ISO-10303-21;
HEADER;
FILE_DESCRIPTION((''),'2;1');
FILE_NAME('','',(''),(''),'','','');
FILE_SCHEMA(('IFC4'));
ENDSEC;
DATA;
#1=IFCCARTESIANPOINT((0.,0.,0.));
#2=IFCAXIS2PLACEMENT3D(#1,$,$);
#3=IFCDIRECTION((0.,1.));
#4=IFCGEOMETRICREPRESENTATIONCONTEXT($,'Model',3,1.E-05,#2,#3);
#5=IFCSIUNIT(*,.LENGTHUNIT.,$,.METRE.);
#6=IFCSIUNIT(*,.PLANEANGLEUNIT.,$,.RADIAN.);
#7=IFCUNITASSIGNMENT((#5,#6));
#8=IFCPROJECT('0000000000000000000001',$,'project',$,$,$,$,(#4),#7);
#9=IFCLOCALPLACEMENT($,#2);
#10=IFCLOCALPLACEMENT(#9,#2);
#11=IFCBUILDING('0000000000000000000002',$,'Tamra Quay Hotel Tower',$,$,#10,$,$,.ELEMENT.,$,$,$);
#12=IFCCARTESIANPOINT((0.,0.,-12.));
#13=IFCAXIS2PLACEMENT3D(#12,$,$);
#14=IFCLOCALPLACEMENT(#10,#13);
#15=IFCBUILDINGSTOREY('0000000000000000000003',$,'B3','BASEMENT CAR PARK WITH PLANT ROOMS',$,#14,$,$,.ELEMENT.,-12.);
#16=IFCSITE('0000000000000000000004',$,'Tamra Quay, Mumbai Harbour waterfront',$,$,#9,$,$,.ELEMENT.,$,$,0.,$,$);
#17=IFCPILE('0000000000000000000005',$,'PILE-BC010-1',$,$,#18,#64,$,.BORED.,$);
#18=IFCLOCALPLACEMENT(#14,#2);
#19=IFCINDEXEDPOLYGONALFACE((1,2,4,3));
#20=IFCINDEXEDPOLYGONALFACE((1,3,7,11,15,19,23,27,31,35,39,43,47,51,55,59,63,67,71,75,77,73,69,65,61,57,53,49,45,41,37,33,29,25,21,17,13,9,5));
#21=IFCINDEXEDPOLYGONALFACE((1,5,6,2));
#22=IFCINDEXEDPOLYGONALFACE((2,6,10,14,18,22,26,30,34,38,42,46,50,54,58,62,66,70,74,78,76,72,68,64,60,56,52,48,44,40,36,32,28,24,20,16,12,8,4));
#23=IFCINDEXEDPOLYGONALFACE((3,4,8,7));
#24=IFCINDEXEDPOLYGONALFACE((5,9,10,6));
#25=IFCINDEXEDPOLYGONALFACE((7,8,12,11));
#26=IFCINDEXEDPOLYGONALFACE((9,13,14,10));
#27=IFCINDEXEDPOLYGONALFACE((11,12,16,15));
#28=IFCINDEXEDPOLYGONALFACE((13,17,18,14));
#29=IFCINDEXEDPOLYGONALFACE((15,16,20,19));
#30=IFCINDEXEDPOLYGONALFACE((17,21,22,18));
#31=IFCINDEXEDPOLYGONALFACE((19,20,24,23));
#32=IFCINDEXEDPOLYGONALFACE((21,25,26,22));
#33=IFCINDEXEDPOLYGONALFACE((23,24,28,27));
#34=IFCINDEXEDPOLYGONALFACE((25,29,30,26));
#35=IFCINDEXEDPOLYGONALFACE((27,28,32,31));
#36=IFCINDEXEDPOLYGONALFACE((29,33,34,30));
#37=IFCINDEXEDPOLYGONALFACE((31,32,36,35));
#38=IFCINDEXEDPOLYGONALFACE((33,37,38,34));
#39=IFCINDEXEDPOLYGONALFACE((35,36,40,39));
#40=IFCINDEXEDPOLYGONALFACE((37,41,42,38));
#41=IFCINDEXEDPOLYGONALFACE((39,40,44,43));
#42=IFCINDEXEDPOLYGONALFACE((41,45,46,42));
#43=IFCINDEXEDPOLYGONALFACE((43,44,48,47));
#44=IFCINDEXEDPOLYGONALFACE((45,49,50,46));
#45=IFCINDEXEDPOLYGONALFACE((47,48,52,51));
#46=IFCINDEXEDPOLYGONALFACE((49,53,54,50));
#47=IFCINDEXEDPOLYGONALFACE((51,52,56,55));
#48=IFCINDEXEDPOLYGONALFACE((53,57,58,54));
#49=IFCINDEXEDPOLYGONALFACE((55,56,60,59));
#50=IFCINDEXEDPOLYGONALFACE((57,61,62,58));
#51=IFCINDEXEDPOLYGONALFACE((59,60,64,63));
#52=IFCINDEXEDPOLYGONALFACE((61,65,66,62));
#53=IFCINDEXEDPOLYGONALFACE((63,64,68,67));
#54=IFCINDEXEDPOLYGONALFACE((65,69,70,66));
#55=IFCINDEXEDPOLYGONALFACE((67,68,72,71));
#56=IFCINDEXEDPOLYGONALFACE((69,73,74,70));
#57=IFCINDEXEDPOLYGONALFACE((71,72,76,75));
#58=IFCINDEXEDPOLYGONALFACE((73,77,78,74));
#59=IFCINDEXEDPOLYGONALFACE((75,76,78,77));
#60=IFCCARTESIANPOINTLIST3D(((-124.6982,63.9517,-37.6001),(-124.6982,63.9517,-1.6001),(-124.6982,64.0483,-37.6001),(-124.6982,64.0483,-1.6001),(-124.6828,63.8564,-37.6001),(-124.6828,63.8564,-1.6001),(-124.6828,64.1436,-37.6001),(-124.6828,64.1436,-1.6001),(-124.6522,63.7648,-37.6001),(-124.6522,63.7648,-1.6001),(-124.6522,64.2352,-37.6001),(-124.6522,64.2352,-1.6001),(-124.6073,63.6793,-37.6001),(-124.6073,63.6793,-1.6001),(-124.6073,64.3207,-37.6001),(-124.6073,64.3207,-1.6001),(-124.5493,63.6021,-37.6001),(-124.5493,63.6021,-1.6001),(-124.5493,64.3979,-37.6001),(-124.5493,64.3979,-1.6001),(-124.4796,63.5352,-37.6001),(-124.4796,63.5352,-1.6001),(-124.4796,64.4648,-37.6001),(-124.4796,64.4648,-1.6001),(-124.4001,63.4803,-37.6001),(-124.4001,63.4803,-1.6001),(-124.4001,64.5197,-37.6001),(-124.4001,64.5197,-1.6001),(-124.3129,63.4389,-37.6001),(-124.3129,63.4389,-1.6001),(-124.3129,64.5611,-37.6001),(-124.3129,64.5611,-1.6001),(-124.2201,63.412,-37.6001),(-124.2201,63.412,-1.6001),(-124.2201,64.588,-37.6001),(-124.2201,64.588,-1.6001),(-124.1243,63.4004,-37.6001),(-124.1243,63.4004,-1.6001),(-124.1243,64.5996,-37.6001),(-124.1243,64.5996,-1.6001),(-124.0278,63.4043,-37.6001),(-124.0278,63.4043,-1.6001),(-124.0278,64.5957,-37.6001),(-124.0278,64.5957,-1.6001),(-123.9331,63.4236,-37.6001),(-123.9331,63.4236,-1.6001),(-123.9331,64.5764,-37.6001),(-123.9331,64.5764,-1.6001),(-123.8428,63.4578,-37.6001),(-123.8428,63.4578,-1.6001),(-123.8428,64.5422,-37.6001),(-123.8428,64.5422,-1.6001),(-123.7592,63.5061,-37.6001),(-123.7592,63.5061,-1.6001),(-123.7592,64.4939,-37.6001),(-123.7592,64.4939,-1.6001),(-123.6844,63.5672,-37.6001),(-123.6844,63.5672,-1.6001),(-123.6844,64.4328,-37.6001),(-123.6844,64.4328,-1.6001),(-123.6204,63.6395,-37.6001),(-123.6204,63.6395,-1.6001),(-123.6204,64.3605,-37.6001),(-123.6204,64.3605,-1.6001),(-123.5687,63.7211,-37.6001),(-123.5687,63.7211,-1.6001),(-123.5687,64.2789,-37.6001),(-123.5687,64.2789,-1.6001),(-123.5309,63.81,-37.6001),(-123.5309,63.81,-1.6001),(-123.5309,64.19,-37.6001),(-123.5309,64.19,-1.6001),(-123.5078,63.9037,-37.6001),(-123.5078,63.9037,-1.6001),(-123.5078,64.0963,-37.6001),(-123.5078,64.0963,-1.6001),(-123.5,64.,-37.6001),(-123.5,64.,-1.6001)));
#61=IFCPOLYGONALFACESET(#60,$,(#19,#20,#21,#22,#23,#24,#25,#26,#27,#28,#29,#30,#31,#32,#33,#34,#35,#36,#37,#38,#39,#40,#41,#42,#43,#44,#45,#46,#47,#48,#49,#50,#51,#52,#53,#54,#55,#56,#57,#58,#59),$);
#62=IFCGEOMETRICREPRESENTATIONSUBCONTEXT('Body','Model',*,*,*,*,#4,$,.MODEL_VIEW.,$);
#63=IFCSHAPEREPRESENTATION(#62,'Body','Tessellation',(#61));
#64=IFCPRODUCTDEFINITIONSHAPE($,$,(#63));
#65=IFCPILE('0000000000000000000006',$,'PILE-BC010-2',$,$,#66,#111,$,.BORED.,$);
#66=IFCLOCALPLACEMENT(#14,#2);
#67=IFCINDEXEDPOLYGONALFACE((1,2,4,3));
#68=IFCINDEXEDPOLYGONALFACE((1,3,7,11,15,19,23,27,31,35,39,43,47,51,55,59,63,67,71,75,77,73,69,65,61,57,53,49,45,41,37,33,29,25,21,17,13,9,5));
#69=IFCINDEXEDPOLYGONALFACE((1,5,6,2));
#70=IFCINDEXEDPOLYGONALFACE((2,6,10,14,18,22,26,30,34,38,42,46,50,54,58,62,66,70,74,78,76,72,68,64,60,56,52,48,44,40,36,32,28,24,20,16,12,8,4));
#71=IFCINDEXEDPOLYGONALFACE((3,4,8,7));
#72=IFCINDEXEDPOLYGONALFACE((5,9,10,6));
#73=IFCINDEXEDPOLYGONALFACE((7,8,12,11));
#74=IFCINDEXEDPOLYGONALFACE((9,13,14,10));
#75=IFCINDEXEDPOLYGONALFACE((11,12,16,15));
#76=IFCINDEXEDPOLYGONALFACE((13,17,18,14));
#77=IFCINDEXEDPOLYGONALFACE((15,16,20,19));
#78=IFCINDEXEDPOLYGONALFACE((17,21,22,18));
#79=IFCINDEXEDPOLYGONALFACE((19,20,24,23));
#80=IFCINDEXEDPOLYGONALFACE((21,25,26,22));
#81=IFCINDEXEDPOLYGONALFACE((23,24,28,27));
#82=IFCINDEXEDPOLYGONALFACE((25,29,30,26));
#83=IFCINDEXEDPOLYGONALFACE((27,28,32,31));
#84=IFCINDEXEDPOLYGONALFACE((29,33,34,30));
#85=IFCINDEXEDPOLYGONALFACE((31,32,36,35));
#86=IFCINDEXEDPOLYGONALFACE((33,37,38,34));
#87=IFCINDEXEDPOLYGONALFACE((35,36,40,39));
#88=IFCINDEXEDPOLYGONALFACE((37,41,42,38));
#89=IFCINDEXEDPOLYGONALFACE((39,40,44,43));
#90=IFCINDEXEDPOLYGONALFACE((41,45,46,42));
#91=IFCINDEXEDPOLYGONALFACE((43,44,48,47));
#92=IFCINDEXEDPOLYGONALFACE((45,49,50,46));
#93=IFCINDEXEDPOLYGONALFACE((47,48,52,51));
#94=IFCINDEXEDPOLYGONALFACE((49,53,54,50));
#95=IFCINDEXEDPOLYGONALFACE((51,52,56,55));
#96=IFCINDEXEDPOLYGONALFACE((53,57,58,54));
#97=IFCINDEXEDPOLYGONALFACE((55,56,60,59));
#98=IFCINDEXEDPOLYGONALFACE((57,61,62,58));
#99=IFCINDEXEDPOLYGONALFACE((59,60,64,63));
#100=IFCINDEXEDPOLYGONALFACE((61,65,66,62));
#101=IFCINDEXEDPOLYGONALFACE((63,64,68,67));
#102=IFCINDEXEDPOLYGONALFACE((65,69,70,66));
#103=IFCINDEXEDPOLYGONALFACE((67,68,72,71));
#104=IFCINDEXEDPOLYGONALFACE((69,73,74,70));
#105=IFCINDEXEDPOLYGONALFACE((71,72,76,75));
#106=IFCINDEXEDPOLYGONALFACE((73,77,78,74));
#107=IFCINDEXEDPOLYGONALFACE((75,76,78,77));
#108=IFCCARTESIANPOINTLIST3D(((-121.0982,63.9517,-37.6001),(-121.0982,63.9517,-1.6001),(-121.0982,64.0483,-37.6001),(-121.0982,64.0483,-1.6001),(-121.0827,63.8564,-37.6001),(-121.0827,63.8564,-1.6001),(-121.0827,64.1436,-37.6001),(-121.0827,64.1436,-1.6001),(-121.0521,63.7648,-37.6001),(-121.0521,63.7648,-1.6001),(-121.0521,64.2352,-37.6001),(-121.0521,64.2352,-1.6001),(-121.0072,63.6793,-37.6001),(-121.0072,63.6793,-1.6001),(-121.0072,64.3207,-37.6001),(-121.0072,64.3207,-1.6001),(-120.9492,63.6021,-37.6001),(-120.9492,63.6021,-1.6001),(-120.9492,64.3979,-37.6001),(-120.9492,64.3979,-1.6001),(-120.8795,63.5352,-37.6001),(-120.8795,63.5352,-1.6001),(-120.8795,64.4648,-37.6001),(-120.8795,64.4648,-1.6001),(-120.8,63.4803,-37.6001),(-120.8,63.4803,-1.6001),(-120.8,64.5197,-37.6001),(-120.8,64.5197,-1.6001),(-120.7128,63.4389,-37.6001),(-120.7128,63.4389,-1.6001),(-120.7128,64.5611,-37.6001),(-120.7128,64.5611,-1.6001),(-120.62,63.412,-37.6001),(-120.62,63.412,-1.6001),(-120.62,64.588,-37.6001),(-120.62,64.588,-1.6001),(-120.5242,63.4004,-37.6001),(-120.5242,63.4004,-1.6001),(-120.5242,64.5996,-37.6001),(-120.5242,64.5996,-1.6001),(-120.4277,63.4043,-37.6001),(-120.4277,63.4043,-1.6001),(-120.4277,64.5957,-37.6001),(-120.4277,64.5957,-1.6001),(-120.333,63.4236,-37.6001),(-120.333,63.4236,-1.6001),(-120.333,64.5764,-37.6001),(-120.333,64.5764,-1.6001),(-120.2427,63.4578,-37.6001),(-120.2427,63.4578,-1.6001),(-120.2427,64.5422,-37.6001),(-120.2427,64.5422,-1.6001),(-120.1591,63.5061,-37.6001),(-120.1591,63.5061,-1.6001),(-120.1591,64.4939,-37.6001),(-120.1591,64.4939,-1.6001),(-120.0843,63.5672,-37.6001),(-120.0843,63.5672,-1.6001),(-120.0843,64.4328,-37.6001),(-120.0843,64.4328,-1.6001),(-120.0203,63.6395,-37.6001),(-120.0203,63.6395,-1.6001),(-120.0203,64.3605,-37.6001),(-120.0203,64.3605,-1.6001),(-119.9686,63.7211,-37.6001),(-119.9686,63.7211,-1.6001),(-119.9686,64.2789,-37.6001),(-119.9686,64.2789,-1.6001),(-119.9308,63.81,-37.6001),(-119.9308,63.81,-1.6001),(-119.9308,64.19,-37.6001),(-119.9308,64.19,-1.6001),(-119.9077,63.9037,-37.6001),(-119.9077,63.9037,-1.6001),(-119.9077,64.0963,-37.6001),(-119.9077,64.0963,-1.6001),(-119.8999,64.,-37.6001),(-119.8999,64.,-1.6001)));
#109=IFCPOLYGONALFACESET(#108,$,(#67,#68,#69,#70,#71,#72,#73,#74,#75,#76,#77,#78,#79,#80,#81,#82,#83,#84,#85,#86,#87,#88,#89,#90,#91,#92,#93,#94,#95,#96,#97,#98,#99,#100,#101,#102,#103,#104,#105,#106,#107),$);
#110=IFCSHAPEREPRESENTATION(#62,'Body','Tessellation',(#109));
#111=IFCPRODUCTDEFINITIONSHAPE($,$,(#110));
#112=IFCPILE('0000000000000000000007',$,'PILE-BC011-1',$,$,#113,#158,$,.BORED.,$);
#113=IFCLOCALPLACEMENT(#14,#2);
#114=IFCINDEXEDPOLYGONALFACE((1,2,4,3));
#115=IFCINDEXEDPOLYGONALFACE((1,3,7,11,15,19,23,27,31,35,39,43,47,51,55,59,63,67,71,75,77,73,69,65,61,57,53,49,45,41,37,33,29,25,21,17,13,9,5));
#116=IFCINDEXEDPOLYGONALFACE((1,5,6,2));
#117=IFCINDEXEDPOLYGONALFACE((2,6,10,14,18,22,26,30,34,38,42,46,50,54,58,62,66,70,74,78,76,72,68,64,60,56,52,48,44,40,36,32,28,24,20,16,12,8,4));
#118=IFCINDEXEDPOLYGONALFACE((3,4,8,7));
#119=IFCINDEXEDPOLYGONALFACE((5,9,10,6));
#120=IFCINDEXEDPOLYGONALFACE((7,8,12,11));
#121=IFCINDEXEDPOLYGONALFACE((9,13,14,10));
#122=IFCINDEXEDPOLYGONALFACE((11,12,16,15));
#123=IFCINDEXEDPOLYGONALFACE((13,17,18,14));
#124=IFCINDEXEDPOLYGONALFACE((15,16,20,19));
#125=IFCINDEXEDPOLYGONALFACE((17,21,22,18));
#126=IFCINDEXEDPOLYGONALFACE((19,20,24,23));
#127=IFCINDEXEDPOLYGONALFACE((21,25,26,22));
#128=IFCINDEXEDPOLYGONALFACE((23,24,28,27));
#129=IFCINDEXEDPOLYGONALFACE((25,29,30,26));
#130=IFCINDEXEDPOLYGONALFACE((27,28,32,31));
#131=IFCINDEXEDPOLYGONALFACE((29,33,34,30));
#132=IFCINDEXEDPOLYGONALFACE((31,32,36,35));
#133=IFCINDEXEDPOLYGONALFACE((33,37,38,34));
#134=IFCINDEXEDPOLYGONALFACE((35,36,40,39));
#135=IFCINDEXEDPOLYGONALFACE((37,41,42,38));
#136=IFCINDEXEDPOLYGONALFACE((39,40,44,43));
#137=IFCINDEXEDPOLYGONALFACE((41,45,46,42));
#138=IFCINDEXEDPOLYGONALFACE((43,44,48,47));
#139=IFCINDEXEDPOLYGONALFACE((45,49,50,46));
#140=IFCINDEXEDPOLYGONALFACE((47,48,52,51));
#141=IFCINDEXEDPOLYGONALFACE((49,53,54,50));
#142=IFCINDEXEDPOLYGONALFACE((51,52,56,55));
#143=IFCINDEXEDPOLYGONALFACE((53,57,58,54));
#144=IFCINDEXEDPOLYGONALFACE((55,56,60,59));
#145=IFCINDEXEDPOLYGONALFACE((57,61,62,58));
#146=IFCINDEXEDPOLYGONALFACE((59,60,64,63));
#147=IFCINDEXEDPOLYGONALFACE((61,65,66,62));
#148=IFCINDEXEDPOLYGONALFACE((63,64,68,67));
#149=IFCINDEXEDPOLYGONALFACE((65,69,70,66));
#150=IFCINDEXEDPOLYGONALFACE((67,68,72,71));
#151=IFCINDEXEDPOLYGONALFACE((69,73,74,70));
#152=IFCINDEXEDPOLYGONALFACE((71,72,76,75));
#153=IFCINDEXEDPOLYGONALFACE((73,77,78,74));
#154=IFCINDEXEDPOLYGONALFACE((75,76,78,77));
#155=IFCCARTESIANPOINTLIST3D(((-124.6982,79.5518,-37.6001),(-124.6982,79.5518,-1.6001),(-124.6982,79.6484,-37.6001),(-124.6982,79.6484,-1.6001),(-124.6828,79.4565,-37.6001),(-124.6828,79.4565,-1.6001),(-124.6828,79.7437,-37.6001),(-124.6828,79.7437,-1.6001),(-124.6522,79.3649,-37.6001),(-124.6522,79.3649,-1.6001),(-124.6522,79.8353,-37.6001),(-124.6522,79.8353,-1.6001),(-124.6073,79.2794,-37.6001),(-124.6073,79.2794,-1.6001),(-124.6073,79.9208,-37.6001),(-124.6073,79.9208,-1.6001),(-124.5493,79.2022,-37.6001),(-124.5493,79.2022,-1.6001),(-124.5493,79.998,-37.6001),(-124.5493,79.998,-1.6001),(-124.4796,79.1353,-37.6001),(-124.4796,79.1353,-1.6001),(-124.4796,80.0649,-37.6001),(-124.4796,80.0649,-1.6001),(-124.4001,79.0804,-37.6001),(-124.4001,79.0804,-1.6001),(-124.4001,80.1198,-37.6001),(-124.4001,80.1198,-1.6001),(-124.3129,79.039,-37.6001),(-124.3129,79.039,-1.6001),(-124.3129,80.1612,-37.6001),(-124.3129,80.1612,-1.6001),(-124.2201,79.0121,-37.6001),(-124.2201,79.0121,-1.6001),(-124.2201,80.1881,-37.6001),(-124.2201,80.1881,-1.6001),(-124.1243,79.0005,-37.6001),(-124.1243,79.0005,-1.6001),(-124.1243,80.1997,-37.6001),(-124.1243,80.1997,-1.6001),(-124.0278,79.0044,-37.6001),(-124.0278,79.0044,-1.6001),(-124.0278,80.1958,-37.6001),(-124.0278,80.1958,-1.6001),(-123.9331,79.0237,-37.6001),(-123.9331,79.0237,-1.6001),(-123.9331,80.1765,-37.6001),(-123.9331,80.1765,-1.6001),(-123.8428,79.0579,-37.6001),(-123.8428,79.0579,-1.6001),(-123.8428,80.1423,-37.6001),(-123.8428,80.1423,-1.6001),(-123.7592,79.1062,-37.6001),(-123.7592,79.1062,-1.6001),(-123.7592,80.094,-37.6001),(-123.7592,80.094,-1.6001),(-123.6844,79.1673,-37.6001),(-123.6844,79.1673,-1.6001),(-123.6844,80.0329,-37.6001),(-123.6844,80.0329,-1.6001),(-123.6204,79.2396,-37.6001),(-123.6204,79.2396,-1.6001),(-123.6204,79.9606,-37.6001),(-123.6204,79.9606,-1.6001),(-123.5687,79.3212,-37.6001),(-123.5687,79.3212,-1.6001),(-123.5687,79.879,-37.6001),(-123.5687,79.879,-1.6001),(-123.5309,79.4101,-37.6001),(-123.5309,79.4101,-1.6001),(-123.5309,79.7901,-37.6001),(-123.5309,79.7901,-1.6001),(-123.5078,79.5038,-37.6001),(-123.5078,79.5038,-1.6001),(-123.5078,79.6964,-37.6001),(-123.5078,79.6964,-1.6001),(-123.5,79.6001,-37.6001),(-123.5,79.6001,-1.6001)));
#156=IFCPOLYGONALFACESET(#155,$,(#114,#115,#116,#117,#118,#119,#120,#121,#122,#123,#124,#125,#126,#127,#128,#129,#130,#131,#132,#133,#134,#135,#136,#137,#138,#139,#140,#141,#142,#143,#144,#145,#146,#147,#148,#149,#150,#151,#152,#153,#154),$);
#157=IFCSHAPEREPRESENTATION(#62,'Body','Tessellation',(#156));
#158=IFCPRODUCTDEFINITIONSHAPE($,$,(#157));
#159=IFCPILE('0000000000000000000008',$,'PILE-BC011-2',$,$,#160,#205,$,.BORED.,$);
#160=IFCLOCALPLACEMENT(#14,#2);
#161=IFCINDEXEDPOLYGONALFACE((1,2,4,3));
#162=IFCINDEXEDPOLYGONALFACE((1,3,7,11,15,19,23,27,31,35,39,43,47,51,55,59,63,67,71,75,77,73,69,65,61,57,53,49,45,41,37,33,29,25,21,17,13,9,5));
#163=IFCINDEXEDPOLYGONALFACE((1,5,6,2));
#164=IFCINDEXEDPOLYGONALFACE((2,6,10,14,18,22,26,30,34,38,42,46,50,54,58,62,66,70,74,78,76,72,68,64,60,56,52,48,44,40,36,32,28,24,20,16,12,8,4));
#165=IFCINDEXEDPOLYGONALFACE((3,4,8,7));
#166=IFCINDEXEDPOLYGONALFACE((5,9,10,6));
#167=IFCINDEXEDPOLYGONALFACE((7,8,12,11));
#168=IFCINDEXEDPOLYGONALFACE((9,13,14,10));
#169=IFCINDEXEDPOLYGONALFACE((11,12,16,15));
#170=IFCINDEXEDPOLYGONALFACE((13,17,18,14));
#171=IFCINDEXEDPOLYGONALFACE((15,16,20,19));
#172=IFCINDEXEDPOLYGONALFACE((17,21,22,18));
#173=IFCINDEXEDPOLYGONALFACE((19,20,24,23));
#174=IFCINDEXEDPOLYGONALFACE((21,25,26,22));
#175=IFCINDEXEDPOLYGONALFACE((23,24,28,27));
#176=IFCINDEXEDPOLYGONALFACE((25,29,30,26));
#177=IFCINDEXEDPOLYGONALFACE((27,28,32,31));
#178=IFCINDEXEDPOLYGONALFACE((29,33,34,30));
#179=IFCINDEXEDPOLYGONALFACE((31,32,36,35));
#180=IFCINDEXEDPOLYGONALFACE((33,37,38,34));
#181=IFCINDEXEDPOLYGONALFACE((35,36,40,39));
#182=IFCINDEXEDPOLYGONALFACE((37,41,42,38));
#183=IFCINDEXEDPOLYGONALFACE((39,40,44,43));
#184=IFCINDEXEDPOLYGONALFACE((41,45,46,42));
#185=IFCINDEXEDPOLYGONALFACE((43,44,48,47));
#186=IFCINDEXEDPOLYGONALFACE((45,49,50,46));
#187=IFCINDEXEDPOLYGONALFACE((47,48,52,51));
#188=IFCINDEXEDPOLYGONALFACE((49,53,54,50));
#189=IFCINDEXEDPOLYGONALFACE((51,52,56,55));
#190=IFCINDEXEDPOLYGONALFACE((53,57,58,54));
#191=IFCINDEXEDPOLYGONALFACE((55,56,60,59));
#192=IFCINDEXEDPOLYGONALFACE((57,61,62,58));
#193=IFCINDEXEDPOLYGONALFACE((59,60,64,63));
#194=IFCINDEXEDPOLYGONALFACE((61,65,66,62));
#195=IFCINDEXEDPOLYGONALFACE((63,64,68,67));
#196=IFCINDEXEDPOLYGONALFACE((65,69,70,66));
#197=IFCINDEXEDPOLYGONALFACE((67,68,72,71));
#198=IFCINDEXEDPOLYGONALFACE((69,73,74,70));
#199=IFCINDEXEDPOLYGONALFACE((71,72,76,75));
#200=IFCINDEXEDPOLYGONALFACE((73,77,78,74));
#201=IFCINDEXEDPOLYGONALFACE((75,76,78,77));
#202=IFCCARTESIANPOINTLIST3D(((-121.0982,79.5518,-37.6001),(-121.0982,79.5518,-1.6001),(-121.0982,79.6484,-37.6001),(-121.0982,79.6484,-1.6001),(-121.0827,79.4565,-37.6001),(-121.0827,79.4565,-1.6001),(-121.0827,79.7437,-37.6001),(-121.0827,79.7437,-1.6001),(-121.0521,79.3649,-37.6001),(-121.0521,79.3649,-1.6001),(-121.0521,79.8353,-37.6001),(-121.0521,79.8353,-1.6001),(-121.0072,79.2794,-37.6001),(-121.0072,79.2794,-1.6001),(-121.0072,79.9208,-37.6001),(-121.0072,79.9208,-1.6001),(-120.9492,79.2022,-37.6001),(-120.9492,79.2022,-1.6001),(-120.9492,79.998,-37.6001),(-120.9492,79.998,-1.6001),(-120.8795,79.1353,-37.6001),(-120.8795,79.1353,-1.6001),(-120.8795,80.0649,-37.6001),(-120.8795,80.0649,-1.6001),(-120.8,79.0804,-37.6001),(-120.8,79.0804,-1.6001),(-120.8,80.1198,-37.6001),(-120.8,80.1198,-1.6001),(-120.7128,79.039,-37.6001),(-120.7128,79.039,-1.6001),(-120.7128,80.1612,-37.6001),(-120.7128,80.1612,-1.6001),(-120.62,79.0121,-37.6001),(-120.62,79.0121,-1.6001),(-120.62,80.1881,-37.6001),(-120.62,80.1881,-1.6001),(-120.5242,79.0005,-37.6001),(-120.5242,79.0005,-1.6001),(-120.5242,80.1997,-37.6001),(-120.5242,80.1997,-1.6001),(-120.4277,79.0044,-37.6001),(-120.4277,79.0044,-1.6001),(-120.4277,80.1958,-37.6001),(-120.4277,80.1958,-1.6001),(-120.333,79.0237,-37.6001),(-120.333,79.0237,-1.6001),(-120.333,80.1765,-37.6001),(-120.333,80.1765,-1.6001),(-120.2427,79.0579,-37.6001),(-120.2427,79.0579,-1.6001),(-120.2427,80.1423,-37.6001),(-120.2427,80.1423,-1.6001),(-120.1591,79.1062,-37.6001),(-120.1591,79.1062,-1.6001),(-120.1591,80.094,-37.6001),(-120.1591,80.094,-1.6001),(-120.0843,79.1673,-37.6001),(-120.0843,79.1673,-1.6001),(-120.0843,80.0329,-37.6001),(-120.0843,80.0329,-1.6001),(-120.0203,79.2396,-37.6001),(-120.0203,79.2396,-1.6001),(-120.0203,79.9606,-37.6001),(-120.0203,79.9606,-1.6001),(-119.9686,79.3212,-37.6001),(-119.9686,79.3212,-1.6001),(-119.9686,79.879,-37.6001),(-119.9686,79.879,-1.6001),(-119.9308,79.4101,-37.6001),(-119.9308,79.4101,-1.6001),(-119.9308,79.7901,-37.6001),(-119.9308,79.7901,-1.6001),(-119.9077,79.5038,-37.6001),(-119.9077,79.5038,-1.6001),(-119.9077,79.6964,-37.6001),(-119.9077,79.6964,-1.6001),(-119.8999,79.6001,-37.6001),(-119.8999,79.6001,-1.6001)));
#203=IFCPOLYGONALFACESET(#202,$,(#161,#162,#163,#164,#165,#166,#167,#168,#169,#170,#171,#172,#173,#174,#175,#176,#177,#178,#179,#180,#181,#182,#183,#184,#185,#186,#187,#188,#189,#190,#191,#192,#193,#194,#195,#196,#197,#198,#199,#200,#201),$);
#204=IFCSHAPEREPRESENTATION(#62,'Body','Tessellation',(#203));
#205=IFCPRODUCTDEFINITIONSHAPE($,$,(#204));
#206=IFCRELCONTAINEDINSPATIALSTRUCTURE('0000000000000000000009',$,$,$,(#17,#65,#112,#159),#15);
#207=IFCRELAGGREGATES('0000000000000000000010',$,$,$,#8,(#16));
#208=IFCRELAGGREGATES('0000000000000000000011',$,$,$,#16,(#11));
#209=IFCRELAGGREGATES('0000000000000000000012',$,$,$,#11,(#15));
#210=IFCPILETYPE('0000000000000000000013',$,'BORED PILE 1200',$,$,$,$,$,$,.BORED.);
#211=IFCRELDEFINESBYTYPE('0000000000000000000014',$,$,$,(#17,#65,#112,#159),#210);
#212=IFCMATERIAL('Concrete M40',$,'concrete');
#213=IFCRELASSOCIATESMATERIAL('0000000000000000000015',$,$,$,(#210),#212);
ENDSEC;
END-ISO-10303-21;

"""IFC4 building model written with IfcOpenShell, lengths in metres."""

from ifc_helpers import new_model, si_unit, direction, frame, origin, origin_2d, place, context, subcontext, project, spatial, circle, extrude, material, material_profile, profile_set, type_object, element, save


model = new_model("IFC4")

# Units and contexts
model_context = context("Model", 3, precision=1e-05, world=origin(), true_north=direction((0.0, 1.0)))
body_context = subcontext(model_context, "Body", "Model", "MODEL_VIEW")
ifc_project = project(units=[si_unit("LENGTHUNIT", "METRE"), si_unit("PLANEANGLEUNIT", "RADIAN")], contexts=[model_context])

# Site, building, storey
site_placement = place(None, origin())
site = spatial("IfcSite", under=ifc_project, at=site_placement, Name="Tamra Quay, Mumbai Harbour waterfront", CompositionType="ELEMENT", RefElevation=0.0)
building_placement = place(site_placement, origin())
building = spatial("IfcBuilding", under=site, at=building_placement, Name="Tamra Quay Hotel Tower", CompositionType="ELEMENT")
storey_placement = place(building_placement, frame((0.0, 0.0, -12.0)))
storey = spatial("IfcBuildingStorey", under=building, at=storey_placement, Name="B3", Description="BASEMENT CAR PARK WITH PLANT ROOMS", CompositionType="ELEMENT", Elevation=-12.0)

# Piles
ifc_material_1 = material(Name="Concrete M40", Category="concrete")
ifc_material_profile_1 = material_profile(ifc_material_1, circle(Radius=0.6001, at=origin_2d()), Name="BORED PILE 1200")
ifc_profile_set_1 = profile_set([ifc_material_profile_1], Name="Concrete M40")
pile_type = type_object("IfcPileType", Name="BORED PILE 1200", PredefinedType="BORED", material=ifc_profile_set_1)
for number, where, z_axis, x_axis, name in (
    (1, (-124.1001, 64.0, -1.6001), (0.0, 0.0, -1.0), (1.0, 0.0, 0.0), "PILE-BC010-1"),
    (2, (-120.5, 64.0, -1.6001), (0.0, 0.0, -1.0), (1.0, 0.0, 0.0), "PILE-BC010-2"),
    (3, (-124.1001, 79.6001, -1.6001), (0.0, 0.0, -1.0), (1.0, 0.0, 0.0), "PILE-BC011-1"),
    (4, (-120.5, 79.6001, -1.6001), (0.0, 0.0, -1.0), (1.0, 0.0, 0.0), "PILE-BC011-2"),
):
    element("IfcPile", number, at=place(storey_placement, frame(where, z_axis=z_axis, x_axis=x_axis)), inside=storey, type_object=pile_type, Name=name, PredefinedType="BORED", context=body_context, shape_type="SweptSolid", body=[
        extrude(circle(Radius=0.6001, at=origin_2d()), origin(), (0.0, 0.0, 1.0), 36.0),
    ])

save(model, "model.ifc")
